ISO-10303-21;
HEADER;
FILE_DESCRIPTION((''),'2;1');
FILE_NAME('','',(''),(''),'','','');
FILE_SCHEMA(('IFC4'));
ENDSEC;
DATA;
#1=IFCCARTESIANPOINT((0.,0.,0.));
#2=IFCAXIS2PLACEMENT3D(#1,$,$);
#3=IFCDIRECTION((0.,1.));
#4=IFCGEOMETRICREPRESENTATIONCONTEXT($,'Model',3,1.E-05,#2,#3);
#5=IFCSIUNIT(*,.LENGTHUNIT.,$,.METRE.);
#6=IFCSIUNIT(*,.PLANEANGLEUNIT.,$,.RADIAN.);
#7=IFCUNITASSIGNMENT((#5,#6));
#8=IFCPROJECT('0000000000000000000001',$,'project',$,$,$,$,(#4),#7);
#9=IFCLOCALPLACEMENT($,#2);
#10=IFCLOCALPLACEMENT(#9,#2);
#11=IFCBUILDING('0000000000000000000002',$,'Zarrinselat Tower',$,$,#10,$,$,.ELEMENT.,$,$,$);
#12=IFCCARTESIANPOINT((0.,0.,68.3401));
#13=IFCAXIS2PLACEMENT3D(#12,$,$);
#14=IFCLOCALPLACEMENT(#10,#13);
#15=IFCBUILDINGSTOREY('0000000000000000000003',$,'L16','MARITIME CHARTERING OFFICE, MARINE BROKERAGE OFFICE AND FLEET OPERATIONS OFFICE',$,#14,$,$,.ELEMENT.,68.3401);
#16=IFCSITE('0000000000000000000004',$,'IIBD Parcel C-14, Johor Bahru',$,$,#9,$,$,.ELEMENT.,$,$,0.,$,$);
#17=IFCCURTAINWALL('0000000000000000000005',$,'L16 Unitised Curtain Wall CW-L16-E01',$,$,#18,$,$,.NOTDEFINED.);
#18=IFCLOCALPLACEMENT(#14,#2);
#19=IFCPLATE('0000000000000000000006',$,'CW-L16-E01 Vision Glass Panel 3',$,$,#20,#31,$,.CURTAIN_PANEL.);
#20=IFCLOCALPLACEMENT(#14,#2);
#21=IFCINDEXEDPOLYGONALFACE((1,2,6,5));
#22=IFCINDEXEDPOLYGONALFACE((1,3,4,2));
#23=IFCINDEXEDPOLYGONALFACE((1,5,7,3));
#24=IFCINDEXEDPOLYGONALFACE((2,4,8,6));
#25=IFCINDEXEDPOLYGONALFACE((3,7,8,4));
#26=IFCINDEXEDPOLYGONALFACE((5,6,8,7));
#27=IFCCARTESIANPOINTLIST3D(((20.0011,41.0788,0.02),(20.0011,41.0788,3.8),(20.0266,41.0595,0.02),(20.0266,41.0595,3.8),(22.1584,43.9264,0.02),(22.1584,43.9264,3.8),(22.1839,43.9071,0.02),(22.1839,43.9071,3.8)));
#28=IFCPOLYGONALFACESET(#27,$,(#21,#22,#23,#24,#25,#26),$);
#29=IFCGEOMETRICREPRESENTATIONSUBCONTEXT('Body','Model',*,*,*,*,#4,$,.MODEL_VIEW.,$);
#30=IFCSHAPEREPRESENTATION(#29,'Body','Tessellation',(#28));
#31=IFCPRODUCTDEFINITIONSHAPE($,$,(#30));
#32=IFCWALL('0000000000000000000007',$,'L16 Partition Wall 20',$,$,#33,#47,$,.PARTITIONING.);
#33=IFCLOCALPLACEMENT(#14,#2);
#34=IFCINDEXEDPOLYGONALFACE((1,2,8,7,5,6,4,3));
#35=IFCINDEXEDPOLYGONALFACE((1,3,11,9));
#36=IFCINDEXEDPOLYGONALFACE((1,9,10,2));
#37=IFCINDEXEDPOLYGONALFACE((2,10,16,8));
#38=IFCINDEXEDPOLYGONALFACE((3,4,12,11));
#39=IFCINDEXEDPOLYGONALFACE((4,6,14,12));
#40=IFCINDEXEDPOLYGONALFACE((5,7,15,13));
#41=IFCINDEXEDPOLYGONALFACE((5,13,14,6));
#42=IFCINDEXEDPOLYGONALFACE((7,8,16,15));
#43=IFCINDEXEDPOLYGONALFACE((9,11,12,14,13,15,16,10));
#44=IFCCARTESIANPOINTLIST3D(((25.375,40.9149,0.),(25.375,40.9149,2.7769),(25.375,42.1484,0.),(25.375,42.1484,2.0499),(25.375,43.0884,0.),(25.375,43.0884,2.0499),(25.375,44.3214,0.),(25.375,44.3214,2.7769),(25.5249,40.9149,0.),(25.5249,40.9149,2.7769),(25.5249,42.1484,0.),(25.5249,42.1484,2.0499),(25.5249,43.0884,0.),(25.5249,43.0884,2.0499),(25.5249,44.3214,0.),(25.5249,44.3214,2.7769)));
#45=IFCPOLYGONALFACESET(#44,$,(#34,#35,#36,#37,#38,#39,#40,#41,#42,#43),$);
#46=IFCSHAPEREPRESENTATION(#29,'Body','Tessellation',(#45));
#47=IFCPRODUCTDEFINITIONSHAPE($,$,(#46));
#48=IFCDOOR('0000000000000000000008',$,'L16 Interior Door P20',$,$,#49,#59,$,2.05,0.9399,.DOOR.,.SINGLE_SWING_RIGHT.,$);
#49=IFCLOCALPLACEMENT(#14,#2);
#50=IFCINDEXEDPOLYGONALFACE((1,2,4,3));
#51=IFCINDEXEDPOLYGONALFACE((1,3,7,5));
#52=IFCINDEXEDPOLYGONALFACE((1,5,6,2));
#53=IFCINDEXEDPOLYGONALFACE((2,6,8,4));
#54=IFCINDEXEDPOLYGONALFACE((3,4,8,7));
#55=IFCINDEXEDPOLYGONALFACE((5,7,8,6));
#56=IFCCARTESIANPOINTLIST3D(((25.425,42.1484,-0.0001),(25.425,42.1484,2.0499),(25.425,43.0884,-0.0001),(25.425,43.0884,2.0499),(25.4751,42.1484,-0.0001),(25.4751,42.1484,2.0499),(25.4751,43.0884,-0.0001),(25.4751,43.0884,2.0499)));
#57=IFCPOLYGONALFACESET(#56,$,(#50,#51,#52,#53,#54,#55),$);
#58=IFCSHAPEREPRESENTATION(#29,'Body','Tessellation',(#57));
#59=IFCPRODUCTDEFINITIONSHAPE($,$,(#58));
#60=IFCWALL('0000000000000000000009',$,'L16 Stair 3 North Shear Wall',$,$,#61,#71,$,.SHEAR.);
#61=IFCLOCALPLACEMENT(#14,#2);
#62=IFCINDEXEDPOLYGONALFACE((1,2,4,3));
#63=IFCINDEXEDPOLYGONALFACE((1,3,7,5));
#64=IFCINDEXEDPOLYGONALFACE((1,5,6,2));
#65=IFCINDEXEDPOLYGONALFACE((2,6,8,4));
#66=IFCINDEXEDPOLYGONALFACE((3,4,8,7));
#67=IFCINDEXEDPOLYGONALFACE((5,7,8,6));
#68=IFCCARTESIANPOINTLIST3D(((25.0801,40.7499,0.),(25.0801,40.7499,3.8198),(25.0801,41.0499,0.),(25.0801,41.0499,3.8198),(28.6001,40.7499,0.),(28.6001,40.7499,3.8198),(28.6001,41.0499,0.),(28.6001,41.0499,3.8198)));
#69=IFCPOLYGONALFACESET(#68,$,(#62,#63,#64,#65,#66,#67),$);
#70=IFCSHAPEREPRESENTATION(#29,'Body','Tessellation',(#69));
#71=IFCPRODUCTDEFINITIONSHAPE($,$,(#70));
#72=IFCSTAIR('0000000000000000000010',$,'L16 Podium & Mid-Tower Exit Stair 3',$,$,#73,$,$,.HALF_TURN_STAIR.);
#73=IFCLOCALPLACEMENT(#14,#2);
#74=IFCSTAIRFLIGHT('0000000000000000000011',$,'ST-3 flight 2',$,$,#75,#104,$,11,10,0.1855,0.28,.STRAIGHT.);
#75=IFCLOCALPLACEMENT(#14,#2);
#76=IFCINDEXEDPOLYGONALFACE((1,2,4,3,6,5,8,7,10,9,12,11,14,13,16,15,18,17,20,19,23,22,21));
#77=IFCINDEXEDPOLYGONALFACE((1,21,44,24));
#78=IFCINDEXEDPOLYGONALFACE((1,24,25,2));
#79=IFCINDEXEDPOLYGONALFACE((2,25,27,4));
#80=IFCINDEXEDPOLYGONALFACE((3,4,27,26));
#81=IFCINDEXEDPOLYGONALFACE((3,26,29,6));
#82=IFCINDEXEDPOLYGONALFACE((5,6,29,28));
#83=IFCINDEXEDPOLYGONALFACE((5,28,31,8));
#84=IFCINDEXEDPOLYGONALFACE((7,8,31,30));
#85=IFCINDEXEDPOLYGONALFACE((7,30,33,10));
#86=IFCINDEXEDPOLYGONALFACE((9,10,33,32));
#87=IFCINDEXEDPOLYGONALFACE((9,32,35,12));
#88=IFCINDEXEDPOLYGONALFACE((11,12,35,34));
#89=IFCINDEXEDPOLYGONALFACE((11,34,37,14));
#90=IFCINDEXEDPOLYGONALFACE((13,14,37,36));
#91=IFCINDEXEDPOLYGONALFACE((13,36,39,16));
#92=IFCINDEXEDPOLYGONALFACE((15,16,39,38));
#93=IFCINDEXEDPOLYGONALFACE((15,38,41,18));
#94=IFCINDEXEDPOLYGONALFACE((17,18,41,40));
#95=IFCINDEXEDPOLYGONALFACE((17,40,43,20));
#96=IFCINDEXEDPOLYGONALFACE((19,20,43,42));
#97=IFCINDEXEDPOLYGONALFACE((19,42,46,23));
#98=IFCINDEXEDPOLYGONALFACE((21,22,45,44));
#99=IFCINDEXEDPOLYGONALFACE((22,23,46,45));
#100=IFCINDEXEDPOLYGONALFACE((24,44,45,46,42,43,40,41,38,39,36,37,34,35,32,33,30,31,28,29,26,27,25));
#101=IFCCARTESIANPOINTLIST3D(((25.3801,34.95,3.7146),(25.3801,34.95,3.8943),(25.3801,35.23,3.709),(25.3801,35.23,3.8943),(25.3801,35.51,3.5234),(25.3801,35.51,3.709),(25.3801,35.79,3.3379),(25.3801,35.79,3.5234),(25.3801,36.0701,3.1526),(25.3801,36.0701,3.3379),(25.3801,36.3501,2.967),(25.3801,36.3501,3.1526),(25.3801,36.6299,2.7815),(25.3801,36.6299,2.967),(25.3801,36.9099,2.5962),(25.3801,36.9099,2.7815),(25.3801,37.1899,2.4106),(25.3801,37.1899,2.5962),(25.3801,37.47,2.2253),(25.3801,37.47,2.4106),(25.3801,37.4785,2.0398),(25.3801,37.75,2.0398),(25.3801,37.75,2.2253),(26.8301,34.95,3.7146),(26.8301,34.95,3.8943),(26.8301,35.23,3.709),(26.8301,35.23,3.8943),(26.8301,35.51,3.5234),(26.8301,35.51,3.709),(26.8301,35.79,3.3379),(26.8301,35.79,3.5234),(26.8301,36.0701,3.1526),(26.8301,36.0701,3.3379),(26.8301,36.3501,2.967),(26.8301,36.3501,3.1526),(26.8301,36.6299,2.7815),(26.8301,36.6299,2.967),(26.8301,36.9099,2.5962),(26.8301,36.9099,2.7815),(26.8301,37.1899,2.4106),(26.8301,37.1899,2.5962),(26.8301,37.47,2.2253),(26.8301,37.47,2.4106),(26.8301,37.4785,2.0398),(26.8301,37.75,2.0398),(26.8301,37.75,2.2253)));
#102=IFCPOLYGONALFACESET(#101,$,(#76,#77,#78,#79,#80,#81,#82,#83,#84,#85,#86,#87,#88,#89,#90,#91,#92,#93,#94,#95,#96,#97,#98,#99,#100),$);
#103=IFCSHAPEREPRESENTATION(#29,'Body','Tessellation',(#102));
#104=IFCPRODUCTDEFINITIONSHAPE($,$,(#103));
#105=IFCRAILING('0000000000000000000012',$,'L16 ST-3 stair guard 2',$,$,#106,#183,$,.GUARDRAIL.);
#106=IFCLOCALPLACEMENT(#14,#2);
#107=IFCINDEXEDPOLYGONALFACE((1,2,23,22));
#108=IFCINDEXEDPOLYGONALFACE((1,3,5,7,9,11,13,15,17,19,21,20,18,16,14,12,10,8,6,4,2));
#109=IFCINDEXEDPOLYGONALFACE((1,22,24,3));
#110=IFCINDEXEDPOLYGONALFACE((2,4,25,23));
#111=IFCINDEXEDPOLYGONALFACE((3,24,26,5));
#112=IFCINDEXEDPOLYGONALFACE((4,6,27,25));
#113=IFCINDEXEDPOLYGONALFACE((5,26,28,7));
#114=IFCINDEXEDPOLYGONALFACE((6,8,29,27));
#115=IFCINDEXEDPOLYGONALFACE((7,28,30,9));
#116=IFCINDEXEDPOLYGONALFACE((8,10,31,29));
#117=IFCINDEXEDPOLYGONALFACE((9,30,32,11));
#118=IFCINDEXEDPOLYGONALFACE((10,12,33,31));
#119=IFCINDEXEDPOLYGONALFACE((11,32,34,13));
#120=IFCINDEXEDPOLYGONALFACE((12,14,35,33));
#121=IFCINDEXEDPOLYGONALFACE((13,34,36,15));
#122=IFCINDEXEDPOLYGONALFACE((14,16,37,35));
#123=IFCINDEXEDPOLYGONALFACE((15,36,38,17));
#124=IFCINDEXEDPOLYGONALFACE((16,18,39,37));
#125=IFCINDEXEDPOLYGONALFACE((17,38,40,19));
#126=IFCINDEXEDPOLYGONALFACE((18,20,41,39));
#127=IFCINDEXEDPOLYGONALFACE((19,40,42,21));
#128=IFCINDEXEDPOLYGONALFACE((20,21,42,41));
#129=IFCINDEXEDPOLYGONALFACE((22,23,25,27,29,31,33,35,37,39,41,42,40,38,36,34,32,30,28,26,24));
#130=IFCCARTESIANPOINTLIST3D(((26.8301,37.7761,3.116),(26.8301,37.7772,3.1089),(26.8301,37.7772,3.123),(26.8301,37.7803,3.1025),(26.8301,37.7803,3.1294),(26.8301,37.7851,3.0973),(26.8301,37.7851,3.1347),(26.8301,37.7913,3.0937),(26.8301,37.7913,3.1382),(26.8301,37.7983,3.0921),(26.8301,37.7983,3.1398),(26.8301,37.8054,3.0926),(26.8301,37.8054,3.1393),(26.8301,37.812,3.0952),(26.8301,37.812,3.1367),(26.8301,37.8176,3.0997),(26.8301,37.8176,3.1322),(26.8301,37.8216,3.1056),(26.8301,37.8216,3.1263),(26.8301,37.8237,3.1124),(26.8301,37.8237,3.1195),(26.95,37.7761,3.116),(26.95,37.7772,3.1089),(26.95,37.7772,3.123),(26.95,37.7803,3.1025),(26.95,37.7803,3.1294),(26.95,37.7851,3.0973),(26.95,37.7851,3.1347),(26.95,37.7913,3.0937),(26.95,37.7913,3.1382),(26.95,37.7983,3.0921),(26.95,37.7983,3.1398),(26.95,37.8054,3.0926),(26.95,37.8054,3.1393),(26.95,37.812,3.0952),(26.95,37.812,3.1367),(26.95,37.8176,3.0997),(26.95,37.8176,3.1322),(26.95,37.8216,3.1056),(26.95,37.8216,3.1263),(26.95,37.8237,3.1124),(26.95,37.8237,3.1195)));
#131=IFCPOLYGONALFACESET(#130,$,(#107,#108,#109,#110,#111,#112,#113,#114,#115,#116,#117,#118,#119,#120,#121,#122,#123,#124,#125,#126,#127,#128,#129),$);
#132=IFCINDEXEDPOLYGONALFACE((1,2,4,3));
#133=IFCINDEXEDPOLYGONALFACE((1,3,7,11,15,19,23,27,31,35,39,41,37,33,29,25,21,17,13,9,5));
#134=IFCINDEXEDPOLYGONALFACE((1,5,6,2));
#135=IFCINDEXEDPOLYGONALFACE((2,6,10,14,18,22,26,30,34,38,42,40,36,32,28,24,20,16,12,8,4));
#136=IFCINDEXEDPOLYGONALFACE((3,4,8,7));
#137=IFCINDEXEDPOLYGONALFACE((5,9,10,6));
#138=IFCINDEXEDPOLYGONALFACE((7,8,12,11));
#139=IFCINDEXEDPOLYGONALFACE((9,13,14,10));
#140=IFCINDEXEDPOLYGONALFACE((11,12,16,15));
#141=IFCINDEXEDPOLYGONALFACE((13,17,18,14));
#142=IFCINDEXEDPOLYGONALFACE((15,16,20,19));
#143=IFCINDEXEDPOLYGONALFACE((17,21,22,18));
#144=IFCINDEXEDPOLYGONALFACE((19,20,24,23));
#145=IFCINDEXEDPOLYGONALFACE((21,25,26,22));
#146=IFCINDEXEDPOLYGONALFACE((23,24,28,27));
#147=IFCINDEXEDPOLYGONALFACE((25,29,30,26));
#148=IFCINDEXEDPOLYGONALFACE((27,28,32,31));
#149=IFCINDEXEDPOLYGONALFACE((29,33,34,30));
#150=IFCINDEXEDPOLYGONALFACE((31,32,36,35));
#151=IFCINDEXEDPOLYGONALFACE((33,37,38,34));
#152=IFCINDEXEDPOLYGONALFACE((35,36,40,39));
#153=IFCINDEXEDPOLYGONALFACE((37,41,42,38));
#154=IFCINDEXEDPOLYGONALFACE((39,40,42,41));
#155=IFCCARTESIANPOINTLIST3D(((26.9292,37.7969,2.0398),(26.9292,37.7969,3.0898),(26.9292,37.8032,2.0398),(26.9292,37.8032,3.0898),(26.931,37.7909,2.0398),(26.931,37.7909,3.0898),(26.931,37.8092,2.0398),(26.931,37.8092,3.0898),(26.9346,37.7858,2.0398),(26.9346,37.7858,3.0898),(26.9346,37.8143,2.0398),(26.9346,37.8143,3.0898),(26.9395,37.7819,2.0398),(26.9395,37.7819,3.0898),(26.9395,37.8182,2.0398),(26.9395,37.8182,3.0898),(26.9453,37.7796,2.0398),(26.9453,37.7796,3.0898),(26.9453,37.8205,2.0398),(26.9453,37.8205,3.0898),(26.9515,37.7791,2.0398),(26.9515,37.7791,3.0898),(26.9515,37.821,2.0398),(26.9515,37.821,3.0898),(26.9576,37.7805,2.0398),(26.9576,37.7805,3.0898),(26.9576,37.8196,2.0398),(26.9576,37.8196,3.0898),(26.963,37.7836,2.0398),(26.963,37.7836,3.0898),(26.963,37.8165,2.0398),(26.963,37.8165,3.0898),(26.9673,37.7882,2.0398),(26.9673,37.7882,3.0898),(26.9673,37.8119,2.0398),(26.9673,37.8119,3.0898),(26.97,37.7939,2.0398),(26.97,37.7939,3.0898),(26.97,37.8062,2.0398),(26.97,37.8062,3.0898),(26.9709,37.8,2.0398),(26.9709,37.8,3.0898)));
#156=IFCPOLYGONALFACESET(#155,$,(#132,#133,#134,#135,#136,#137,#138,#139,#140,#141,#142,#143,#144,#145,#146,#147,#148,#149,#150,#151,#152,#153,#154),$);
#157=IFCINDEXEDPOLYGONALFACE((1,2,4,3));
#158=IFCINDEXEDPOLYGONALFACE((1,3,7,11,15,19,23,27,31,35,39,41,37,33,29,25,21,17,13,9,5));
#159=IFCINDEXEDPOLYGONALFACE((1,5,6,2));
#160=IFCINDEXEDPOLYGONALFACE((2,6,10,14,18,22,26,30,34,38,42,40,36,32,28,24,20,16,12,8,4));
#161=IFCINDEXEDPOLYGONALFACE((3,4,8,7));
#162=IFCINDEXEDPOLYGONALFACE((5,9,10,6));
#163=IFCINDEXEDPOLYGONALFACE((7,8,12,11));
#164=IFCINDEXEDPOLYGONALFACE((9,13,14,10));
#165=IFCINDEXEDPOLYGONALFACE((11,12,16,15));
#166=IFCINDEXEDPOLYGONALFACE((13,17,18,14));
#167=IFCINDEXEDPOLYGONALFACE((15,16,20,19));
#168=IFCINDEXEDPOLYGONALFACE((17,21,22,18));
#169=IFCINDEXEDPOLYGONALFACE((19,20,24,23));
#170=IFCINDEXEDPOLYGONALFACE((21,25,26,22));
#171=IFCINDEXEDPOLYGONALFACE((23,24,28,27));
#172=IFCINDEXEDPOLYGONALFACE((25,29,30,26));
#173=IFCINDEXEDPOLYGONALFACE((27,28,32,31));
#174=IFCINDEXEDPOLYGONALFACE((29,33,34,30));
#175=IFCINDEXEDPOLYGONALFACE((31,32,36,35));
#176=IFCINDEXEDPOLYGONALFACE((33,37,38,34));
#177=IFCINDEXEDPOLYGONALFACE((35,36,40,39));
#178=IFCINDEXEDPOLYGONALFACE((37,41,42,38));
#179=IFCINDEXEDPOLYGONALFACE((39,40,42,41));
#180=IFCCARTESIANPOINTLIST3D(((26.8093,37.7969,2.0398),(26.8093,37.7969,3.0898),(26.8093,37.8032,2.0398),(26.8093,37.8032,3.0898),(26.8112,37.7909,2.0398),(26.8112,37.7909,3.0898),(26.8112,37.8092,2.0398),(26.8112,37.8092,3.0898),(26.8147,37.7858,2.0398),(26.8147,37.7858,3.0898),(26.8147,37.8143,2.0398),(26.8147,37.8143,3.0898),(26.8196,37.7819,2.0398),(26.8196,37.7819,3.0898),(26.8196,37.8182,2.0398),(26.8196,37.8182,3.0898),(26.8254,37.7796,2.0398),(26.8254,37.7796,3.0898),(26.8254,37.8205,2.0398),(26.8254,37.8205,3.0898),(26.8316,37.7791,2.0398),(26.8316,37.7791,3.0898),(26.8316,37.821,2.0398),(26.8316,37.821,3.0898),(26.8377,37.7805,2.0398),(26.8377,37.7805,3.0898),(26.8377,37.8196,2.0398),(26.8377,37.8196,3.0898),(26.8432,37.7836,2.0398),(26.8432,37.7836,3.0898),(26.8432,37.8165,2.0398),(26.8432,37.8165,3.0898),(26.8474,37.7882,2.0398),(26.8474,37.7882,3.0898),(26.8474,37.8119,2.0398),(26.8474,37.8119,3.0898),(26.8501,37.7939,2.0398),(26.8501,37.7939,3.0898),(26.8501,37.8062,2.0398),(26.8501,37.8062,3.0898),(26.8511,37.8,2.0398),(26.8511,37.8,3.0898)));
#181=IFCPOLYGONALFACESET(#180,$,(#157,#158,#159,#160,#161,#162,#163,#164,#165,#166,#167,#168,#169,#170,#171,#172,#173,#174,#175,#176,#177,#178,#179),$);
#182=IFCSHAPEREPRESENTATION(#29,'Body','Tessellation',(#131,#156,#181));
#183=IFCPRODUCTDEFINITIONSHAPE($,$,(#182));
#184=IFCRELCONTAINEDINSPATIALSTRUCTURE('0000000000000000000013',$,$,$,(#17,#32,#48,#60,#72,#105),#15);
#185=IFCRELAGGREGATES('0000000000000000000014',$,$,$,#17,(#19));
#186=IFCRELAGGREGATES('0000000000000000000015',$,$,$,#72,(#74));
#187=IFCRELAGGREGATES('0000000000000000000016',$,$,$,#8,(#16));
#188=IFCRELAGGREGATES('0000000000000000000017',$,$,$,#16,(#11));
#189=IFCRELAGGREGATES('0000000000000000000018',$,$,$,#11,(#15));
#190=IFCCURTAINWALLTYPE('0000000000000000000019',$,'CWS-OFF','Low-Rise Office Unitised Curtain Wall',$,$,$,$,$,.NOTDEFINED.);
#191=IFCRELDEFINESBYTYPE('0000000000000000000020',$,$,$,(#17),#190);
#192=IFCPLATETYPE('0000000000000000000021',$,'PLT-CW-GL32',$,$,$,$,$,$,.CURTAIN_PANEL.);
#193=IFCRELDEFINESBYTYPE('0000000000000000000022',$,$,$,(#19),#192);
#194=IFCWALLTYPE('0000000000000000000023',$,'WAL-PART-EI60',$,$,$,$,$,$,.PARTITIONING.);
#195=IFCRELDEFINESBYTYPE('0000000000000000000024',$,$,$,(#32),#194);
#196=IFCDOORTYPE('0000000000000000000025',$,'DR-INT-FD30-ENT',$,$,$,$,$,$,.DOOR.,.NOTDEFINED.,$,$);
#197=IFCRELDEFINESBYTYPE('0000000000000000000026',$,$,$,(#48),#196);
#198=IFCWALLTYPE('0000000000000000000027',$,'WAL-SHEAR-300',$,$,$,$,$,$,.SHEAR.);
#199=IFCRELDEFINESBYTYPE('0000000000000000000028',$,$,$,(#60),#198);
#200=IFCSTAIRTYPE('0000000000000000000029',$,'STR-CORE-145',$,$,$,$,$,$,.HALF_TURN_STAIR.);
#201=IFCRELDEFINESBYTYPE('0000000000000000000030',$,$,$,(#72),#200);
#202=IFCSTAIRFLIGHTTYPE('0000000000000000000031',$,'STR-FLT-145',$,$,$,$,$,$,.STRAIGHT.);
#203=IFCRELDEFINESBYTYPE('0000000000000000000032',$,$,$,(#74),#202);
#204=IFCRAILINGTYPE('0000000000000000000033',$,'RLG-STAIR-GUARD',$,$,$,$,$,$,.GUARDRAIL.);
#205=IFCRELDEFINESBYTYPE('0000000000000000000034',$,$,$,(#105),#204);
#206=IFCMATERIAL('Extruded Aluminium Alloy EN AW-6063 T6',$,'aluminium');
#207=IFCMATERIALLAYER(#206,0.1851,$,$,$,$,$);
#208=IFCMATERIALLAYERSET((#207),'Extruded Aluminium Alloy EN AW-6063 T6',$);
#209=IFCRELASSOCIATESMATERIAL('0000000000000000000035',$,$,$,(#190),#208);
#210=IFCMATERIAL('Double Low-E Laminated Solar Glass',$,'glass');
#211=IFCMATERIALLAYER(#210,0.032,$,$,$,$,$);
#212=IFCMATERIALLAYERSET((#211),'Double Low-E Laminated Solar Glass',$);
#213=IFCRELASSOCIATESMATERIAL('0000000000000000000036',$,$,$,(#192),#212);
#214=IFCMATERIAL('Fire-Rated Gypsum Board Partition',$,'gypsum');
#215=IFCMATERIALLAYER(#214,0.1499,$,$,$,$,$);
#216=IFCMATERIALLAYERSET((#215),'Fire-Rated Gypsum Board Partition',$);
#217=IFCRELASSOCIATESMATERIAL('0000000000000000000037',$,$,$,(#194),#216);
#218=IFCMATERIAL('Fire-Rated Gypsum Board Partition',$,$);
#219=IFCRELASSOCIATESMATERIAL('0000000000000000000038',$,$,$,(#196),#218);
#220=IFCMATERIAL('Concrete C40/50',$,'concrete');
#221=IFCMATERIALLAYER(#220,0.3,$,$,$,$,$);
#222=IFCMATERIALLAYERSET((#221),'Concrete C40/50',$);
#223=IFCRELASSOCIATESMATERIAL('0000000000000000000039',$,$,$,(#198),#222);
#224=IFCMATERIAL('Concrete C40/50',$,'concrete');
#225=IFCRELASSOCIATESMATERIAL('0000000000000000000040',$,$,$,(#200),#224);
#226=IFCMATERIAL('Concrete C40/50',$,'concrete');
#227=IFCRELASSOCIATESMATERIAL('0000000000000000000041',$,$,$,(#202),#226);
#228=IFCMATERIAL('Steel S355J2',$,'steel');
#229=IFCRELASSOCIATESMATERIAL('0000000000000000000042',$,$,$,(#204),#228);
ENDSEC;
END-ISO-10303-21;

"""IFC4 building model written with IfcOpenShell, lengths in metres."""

from ifc_helpers import new_model, si_unit, direction, frame, frame_2d, origin, origin_2d, place, context, subcontext, project, spatial, polyline, rectangle, circle, outline, extrude, material, layer, layer_set, type_object, element, fill, aggregate, save


model = new_model("IFC4")

# Units and contexts
model_context = context("Model", 3, precision=1e-05, world=origin(), true_north=direction((0.0, 1.0)))
body_context = subcontext(model_context, "Body", "Model", "MODEL_VIEW")
ifc_project = project(units=[si_unit("LENGTHUNIT", "METRE"), si_unit("PLANEANGLEUNIT", "RADIAN")], contexts=[model_context])

# Site, building, storey
site_placement = place(None, origin())
site = spatial("IfcSite", under=ifc_project, at=site_placement, Name="IIBD Parcel C-14, Johor Bahru", CompositionType="ELEMENT", RefElevation=0.0)
building_placement = place(site_placement, origin())
building = spatial("IfcBuilding", under=site, at=building_placement, Name="Zarrinselat Tower", CompositionType="ELEMENT")
storey_placement = place(building_placement, frame((0.0, 0.0, 68.3401)))
storey = spatial("IfcBuildingStorey", under=building, at=storey_placement, Name="L16", Description="MARITIME CHARTERING OFFICE, MARINE BROKERAGE OFFICE AND FLEET OPERATIONS OFFICE", CompositionType="ELEMENT", Elevation=68.3401)

# Curtain wall, plate
ifc_material_1 = material(Name="Extruded Aluminium Alloy EN AW-6063 T6", Category="aluminium")
ifc_layer_1 = layer(ifc_material_1, 0.1851)
ifc_layer_set_1 = layer_set([ifc_layer_1], Name="Extruded Aluminium Alloy EN AW-6063 T6")
curtain_wall_type = type_object("IfcCurtainWallType", Name="CWS-OFF", Description="Low-Rise Office Unitised Curtain Wall", PredefinedType="NOTDEFINED", material=ifc_layer_set_1)
curtain_wall_placement = place(storey_placement, origin())
curtain_wall = element("IfcCurtainWall", 1, at=curtain_wall_placement, inside=storey, type_object=curtain_wall_type, Name="L16 Unitised Curtain Wall CW-L16-E01", PredefinedType="NOTDEFINED")
ifc_material_2 = material(Name="Double Low-E Laminated Solar Glass", Category="glass")
ifc_layer_2 = layer(ifc_material_2, 0.032)
ifc_layer_set_2 = layer_set([ifc_layer_2], Name="Double Low-E Laminated Solar Glass")
plate_type = type_object("IfcPlateType", Name="PLT-CW-GL32", PredefinedType="CURTAIN_PANEL", material=ifc_layer_set_2)
plate_1_placement = place(storey_placement, frame((21.0925, 42.4929, 0.02), z_axis=(0.0, 0.0, 1.0), x_axis=(0.603857, 0.797093, 0.0)))
plate_1 = element("IfcPlate", 2, at=plate_1_placement, type_object=plate_type, Name="CW-L16-E01 Vision Glass Panel 3", PredefinedType="CURTAIN_PANEL", context=body_context, shape_type="SweptSolid", body=[
    extrude(rectangle(XDim=3.5725, YDim=0.032, at=origin_2d()), origin(), (0.0, 0.0, 1.0), 3.78),
])
aggregate(curtain_wall, [plate_1])

# Wall, opening, door
ifc_material_3 = material(Name="Fire-Rated Gypsum Board Partition", Category="gypsum")
ifc_layer_3 = layer(ifc_material_3, 0.1499)
ifc_layer_set_3 = layer_set([ifc_layer_3], Name="Fire-Rated Gypsum Board Partition")
wall_type_1 = type_object("IfcWallType", Name="WAL-PART-EI60", PredefinedType="PARTITIONING", material=ifc_layer_set_3)
wall_1_placement = place(storey_placement, frame((25.45, 40.915, 0.0), z_axis=(0.0, 0.0, 1.0), x_axis=(0.0, 1.0, 0.0)))
wall_1 = element("IfcWall", 3, at=wall_1_placement, inside=storey, type_object=wall_type_1, Name="L16 Partition Wall 20", PredefinedType="PARTITIONING", context=body_context, shape_type="SweptSolid", body=[
    extrude(rectangle(XDim=3.4065, YDim=0.1499, at=frame_2d((1.7031, 0.0))), origin(), (0.0, 0.0, 1.0), 2.7769),
])
opening_placement = place(wall_1_placement, frame((1.2334, 0.0, 0.0)))
opening = element("IfcOpeningElement", 4, at=opening_placement, cuts=wall_1, PredefinedType="OPENING", context=body_context, shape_type="SweptSolid", body=[
    extrude(rectangle(XDim=0.9399, YDim=2.05, at=frame_2d((0.47, 1.0249))), frame((0.0, 0.085, 0.0), z_axis=(0.0, -1.0, 0.0), x_axis=(1.0, 0.0, 0.0)), (0.0, 0.0, 1.0), 0.1699),
])
ifc_material_4 = material(Name="Fire-Rated Gypsum Board Partition")
door_type = type_object("IfcDoorType", Name="DR-INT-FD30-ENT", OperationType="NOTDEFINED", PredefinedType="DOOR", material=ifc_material_4)
door_placement = place(opening_placement, origin())
door = element("IfcDoor", 5, at=door_placement, inside=storey, type_object=door_type, Name="L16 Interior Door P20", OperationType="SINGLE_SWING_RIGHT", OverallHeight=2.05, OverallWidth=0.9399, PredefinedType="DOOR", context=body_context, shape_type="SweptSolid", body=[
    extrude(rectangle(XDim=0.9399, YDim=2.05, at=frame_2d((0.47, 1.0249))), frame((0.0, 0.0249, 0.0), z_axis=(0.0, -1.0, 0.0), x_axis=(1.0, 0.0, 0.0)), (0.0, 0.0, 1.0), 0.05),
])
fill(opening, door)

# Wall
ifc_material_5 = material(Name="Concrete C40/50", Category="concrete")
ifc_layer_4 = layer(ifc_material_5, 0.3)
ifc_layer_set_4 = layer_set([ifc_layer_4], Name="Concrete C40/50")
wall_type_2 = type_object("IfcWallType", Name="WAL-SHEAR-300", PredefinedType="SHEAR", material=ifc_layer_set_4)
wall_2_placement = place(storey_placement, frame((25.0801, 40.8999, 0.0), z_axis=(0.0, 0.0, 1.0), x_axis=(1.0, 0.0, 0.0)))
element("IfcWall", 6, at=wall_2_placement, inside=storey, type_object=wall_type_2, Name="L16 Stair 3 North Shear Wall", PredefinedType="SHEAR", context=body_context, shape_type="SweptSolid", body=[
    extrude(rectangle(XDim=3.52, YDim=0.3, at=frame_2d((1.76, 0.0))), origin(), (0.0, 0.0, 1.0), 3.8198),
])

# Stair, stair flight
ifc_material_6 = material(Name="Concrete C40/50", Category="concrete")
stair_type = type_object("IfcStairType", Name="STR-CORE-145", PredefinedType="HALF_TURN_STAIR", material=ifc_material_6)
stair_placement = place(storey_placement, origin())
stair = element("IfcStair", 7, at=stair_placement, inside=storey, type_object=stair_type, Name="L16 Podium & Mid-Tower Exit Stair 3", PredefinedType="HALF_TURN_STAIR")
ifc_material_7 = material(Name="Concrete C40/50", Category="concrete")
stair_flight_type = type_object("IfcStairFlightType", Name="STR-FLT-145", PredefinedType="STRAIGHT", material=ifc_material_7)
stair_flight_placement = place(storey_placement, frame((26.105, 37.75, 2.0398), z_axis=(0.0, 0.0, 1.0), x_axis=(0.0, -1.0, 0.0)))
stair_flight = element("IfcStairFlight", 8, at=stair_flight_placement, type_object=stair_flight_type, Name="ST-3 flight 2", NumberOfRisers=11, NumberOfTreads=10, PredefinedType="STRAIGHT", RiserHeight=0.1855, TreadLength=0.28, context=body_context, shape_type="SweptSolid", body=[
    extrude(outline(polyline([(0.0, 0.0), (0.0, 0.1855), (0.28, 0.1855), (0.28, 0.3708), (0.5601, 0.3708), (0.5601, 0.5564), (0.8401, 0.5564), (0.8401, 0.7417), (1.1201, 0.7417), (1.1201, 0.9272), (1.3999, 0.9272), (1.3999, 1.1128), (1.6799, 1.1128), (1.6799, 1.2981), (1.96, 1.2981), (1.96, 1.4836), (2.24, 1.4836), (2.24, 1.6692), (2.52, 1.6692), (2.52, 1.8545), (2.8, 1.8545), (2.8, 2.04), (2.8, 1.6748), (0.2715, 0.0), (0.0, 0.0)])), frame((0.0, 0.7251, 0.0), z_axis=(0.0, -1.0, 0.0), x_axis=(1.0, 0.0, 0.0)), (0.0, 0.0, 1.0), 1.45),
])
aggregate(stair, [stair_flight])

# Railing
ifc_material_8 = material(Name="Steel S355J2", Category="steel")
railing_type_1 = type_object("IfcRailingType", Name="RLG-STAIR-GUARD", PredefinedType="GUARDRAIL", material=ifc_material_8)
railing_1_placement = place(storey_placement, frame((26.95, 37.8, 2.0398)))
element("IfcRailing", 9, at=railing_1_placement, inside=storey, type_object=railing_type_1, Name="L16 ST-3 stair guard 2", PredefinedType="GUARDRAIL", context=body_context, shape_type="SweptSolid", body=[
    extrude(circle(Radius=0.0239, at=origin_2d()), frame((0.0, 0.0, 1.0762), z_axis=(-1.0, 0.0, 0.0), x_axis=(0.0, -1.0, 0.0)), (0.0, 0.0, 1.0), 0.1199),
    extrude(circle(Radius=0.021, at=origin_2d()), origin(), (0.0, 0.0, 1.0), 1.05),
    extrude(circle(Radius=0.021, at=origin_2d()), frame((-0.1199, 0.0, 0.0)), (0.0, 0.0, 1.0), 1.05),
])

save(model, "model.ifc")
